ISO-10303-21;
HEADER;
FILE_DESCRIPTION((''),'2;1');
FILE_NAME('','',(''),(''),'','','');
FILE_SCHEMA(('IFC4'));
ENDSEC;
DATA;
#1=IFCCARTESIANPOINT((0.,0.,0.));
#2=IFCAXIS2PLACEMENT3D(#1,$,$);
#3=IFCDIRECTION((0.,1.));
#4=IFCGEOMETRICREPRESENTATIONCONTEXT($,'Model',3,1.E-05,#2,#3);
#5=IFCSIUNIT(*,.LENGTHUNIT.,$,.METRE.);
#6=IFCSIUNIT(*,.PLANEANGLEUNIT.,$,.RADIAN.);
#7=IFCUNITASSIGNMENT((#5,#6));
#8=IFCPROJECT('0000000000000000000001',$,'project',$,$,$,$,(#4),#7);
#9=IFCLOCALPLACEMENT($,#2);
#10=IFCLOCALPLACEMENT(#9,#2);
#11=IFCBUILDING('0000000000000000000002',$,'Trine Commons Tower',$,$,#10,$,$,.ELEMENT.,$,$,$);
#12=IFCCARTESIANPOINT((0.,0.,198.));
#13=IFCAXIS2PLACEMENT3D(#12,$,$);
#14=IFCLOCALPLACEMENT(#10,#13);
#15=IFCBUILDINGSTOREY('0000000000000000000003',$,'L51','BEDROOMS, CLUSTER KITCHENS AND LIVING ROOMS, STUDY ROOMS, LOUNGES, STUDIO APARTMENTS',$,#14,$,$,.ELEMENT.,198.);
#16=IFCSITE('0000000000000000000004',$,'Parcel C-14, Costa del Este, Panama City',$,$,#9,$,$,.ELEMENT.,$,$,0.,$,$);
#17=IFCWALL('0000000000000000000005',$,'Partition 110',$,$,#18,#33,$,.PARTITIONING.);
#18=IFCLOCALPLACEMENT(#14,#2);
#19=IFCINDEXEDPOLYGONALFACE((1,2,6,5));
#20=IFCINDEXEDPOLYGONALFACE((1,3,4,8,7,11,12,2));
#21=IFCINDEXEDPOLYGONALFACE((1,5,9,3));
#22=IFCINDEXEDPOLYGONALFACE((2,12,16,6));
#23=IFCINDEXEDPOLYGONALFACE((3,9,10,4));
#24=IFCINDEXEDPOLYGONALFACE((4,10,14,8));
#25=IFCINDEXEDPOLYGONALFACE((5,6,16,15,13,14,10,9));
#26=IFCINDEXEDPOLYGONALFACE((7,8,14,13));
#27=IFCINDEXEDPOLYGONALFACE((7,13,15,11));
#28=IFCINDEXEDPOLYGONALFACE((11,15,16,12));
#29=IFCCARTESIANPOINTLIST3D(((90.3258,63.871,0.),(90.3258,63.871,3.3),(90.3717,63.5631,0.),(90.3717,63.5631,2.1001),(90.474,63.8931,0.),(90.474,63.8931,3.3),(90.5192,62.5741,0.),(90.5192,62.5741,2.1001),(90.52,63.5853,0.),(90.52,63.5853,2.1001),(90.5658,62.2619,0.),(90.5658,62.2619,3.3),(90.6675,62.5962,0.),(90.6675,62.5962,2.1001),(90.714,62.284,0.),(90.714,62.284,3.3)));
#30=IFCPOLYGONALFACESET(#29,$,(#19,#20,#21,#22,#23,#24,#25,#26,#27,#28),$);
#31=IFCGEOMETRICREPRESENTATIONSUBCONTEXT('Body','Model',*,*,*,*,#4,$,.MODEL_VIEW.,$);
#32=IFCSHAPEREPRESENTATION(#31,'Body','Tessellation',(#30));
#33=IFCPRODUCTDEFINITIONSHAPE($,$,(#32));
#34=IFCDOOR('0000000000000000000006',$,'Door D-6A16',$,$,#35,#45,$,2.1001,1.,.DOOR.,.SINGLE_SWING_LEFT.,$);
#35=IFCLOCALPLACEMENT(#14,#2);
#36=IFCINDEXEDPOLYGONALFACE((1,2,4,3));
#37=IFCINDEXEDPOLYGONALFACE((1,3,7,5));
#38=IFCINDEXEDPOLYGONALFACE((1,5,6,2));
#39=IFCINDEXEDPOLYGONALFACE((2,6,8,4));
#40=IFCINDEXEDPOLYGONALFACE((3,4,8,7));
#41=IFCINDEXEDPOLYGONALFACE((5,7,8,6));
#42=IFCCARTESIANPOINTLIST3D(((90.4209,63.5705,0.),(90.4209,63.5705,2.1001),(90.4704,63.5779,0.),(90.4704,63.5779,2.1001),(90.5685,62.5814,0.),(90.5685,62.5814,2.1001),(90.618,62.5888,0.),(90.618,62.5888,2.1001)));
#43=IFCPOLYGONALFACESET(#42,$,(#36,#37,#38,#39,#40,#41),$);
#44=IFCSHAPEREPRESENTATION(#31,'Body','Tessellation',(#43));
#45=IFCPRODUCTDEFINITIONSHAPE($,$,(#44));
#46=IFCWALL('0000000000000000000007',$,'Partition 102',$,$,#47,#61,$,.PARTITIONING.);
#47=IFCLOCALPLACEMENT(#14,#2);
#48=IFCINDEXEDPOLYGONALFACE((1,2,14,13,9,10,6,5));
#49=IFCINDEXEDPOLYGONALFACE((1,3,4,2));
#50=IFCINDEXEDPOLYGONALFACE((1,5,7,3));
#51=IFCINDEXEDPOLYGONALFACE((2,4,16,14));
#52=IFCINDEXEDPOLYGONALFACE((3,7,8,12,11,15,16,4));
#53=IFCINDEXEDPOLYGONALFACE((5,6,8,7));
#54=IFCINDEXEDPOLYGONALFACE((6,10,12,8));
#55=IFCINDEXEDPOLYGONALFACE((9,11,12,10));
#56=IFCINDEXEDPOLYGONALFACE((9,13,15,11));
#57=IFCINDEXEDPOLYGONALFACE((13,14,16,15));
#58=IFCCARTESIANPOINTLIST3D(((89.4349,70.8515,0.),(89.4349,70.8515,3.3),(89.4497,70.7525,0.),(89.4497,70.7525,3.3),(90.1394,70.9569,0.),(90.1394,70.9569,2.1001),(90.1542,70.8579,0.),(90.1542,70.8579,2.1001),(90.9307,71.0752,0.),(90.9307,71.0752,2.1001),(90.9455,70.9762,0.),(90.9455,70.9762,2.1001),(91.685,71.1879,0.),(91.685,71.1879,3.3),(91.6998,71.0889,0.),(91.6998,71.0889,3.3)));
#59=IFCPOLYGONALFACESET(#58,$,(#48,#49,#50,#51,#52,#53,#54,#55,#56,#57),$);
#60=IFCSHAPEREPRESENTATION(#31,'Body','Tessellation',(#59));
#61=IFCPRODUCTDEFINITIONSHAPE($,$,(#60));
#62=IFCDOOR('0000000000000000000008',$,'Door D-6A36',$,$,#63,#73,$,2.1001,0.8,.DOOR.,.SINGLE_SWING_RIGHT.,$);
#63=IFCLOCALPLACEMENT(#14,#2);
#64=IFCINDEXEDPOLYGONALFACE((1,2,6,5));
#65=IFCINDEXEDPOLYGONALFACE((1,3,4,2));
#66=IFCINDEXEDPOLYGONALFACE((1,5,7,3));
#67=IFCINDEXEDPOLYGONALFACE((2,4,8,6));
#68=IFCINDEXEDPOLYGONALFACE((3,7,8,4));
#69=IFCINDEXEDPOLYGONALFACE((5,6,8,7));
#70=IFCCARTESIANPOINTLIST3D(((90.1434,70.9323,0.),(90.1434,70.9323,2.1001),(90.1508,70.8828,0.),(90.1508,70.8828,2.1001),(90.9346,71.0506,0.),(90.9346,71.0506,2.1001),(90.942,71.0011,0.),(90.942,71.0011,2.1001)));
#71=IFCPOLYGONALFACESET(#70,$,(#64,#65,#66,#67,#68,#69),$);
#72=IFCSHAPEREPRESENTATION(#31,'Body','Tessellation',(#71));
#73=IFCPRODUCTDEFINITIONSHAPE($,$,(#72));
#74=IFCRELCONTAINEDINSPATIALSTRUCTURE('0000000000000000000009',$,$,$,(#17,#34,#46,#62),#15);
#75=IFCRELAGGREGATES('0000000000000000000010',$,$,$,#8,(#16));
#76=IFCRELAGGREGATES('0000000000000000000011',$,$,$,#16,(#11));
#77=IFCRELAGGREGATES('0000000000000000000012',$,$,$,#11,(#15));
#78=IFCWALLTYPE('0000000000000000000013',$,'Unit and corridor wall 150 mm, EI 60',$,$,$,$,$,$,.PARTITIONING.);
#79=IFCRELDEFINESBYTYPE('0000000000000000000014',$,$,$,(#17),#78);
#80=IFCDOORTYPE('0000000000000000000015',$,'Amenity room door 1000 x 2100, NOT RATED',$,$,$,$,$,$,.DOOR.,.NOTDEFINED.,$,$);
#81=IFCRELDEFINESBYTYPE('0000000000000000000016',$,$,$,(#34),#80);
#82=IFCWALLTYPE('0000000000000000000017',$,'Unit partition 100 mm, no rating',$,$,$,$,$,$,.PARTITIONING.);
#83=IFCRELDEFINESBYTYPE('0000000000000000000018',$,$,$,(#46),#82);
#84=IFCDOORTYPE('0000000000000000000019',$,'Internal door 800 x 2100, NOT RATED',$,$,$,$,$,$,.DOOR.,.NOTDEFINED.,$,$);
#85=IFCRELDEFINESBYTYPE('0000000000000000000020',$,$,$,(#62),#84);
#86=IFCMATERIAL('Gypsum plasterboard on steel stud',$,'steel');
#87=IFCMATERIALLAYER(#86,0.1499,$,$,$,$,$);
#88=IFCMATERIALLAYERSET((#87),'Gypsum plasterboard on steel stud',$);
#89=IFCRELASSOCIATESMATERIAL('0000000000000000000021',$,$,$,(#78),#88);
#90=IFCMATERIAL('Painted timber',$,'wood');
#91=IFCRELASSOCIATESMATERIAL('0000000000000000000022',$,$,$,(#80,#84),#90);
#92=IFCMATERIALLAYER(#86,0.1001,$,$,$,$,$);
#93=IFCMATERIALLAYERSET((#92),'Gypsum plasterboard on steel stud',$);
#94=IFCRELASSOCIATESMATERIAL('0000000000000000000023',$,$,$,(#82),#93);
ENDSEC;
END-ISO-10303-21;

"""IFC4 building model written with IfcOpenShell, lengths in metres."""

from ifc_helpers import new_model, si_unit, direction, frame, frame_2d, origin, place, context, subcontext, project, spatial, rectangle, extrude, material, layer, layer_set, type_object, element, fill, save


model = new_model("IFC4")

# Units and contexts
model_context = context("Model", 3, precision=1e-05, world=origin(), true_north=direction((0.0, 1.0)))
body_context = subcontext(model_context, "Body", "Model", "MODEL_VIEW")
ifc_project = project(units=[si_unit("LENGTHUNIT", "METRE"), si_unit("PLANEANGLEUNIT", "RADIAN")], contexts=[model_context])

# Site, building, storey
site_placement = place(None, origin())
site = spatial("IfcSite", under=ifc_project, at=site_placement, Name="Parcel C-14, Costa del Este, Panama City", CompositionType="ELEMENT", RefElevation=0.0)
building_placement = place(site_placement, origin())
building = spatial("IfcBuilding", under=site, at=building_placement, Name="Trine Commons Tower", CompositionType="ELEMENT")
storey_placement = place(building_placement, frame((0.0, 0.0, 198.0)))
storey = spatial("IfcBuildingStorey", under=building, at=storey_placement, Name="L51", Description="BEDROOMS, CLUSTER KITCHENS AND LIVING ROOMS, STUDY ROOMS, LOUNGES, STUDIO APARTMENTS", CompositionType="ELEMENT", Elevation=198.0)

# Shared definitions
ifc_material_1 = material(Name="Gypsum plasterboard on steel stud", Category="steel")
ifc_layer_1 = layer(ifc_material_1, 0.1499)
ifc_layer_set_1 = layer_set([ifc_layer_1], Name="Gypsum plasterboard on steel stud")
wall_type_1 = type_object("IfcWallType", Name="Unit and corridor wall 150 mm, EI 60", PredefinedType="PARTITIONING", material=ifc_layer_set_1)

# Walls, openings, doors
wall_1_placement = place(storey_placement, frame((90.3999, 63.8821, 0.0), z_axis=(0.0, 0.0, 1.0), x_axis=(0.147511, -0.98906, 0.0)))
wall_1 = element("IfcWall", 1, at=wall_1_placement, inside=storey, type_object=wall_type_1, Name="Partition 110", PredefinedType="PARTITIONING", context=body_context, shape_type="SweptSolid", body=[
    extrude(rectangle(XDim=1.627, YDim=0.1499, at=frame_2d((0.8135, 0.0))), origin(), (0.0, 0.0, 1.0), 3.3),
])
opening_1_placement = place(wall_1_placement, frame((0.3113, 0.0, 0.0)))
opening_1 = element("IfcOpeningElement", 2, at=opening_1_placement, cuts=wall_1, PredefinedType="OPENING", context=body_context, shape_type="SweptSolid", body=[
    extrude(rectangle(XDim=1.0, YDim=2.1001, at=frame_2d((0.5, 1.05))), frame((0.0, 0.085, 0.0), z_axis=(0.0, -1.0, 0.0), x_axis=(1.0, 0.0, 0.0)), (0.0, 0.0, 1.0), 0.1699),
])
ifc_material_2 = material(Name="Painted timber", Category="wood")
door_type_1 = type_object("IfcDoorType", Name="Amenity room door 1000 x 2100, NOT RATED", OperationType="NOTDEFINED", PredefinedType="DOOR", material=ifc_material_2)
door_1_placement = place(opening_1_placement, origin())
door_1 = element("IfcDoor", 3, at=door_1_placement, inside=storey, type_object=door_type_1, Name="Door D-6A16", OperationType="SINGLE_SWING_LEFT", OverallHeight=2.1001, OverallWidth=1.0, PredefinedType="DOOR", context=body_context, shape_type="SweptSolid", body=[
    extrude(rectangle(XDim=1.0, YDim=2.1001, at=frame_2d((0.5, 1.05))), frame((0.0, 0.0249, 0.0), z_axis=(0.0, -1.0, 0.0), x_axis=(1.0, 0.0, 0.0)), (0.0, 0.0, 1.0), 0.05),
])
fill(opening_1, door_1)
ifc_layer_2 = layer(ifc_material_1, 0.1001)
ifc_layer_set_2 = layer_set([ifc_layer_2], Name="Gypsum plasterboard on steel stud")
wall_type_2 = type_object("IfcWallType", Name="Unit partition 100 mm, no rating", PredefinedType="PARTITIONING", material=ifc_layer_set_2)
wall_2_placement = place(storey_placement, frame((89.4421, 70.802, 0.0), z_axis=(0.0, 0.0, 1.0), x_axis=(0.989008, 0.147863, 0.0)))
wall_2 = element("IfcWall", 4, at=wall_2_placement, inside=storey, type_object=wall_type_2, Name="Partition 102", PredefinedType="PARTITIONING", context=body_context, shape_type="SweptSolid", body=[
    extrude(rectangle(XDim=2.2751, YDim=0.1001, at=frame_2d((1.1377, 0.0))), origin(), (0.0, 0.0, 1.0), 3.3),
])
opening_2_placement = place(wall_2_placement, frame((0.7126, 0.0, 0.0)))
opening_2 = element("IfcOpeningElement", 5, at=opening_2_placement, cuts=wall_2, PredefinedType="OPENING", context=body_context, shape_type="SweptSolid", body=[
    extrude(rectangle(XDim=0.8, YDim=2.1001, at=frame_2d((0.3999, 1.05))), frame((0.0, 0.0601, 0.0), z_axis=(0.0, -1.0, 0.0), x_axis=(1.0, 0.0, 0.0)), (0.0, 0.0, 1.0), 0.1201),
])
door_type_2 = type_object("IfcDoorType", Name="Internal door 800 x 2100, NOT RATED", OperationType="NOTDEFINED", PredefinedType="DOOR", material=ifc_material_2)
door_2_placement = place(opening_2_placement, frame((0.8, 0.0, 0.0), z_axis=(0.0, 0.0, 1.0), x_axis=(-1.0, 0.0, 0.0)))
door_2 = element("IfcDoor", 6, at=door_2_placement, inside=storey, type_object=door_type_2, Name="Door D-6A36", OperationType="SINGLE_SWING_RIGHT", OverallHeight=2.1001, OverallWidth=0.8, PredefinedType="DOOR", context=body_context, shape_type="SweptSolid", body=[
    extrude(rectangle(XDim=0.8, YDim=2.1001, at=frame_2d((0.3999, 1.05))), frame((0.0, 0.0249, 0.0), z_axis=(0.0, -1.0, 0.0), x_axis=(1.0, 0.0, 0.0)), (0.0, 0.0, 1.0), 0.05),
])
fill(opening_2, door_2)

save(model, "model.ifc")
